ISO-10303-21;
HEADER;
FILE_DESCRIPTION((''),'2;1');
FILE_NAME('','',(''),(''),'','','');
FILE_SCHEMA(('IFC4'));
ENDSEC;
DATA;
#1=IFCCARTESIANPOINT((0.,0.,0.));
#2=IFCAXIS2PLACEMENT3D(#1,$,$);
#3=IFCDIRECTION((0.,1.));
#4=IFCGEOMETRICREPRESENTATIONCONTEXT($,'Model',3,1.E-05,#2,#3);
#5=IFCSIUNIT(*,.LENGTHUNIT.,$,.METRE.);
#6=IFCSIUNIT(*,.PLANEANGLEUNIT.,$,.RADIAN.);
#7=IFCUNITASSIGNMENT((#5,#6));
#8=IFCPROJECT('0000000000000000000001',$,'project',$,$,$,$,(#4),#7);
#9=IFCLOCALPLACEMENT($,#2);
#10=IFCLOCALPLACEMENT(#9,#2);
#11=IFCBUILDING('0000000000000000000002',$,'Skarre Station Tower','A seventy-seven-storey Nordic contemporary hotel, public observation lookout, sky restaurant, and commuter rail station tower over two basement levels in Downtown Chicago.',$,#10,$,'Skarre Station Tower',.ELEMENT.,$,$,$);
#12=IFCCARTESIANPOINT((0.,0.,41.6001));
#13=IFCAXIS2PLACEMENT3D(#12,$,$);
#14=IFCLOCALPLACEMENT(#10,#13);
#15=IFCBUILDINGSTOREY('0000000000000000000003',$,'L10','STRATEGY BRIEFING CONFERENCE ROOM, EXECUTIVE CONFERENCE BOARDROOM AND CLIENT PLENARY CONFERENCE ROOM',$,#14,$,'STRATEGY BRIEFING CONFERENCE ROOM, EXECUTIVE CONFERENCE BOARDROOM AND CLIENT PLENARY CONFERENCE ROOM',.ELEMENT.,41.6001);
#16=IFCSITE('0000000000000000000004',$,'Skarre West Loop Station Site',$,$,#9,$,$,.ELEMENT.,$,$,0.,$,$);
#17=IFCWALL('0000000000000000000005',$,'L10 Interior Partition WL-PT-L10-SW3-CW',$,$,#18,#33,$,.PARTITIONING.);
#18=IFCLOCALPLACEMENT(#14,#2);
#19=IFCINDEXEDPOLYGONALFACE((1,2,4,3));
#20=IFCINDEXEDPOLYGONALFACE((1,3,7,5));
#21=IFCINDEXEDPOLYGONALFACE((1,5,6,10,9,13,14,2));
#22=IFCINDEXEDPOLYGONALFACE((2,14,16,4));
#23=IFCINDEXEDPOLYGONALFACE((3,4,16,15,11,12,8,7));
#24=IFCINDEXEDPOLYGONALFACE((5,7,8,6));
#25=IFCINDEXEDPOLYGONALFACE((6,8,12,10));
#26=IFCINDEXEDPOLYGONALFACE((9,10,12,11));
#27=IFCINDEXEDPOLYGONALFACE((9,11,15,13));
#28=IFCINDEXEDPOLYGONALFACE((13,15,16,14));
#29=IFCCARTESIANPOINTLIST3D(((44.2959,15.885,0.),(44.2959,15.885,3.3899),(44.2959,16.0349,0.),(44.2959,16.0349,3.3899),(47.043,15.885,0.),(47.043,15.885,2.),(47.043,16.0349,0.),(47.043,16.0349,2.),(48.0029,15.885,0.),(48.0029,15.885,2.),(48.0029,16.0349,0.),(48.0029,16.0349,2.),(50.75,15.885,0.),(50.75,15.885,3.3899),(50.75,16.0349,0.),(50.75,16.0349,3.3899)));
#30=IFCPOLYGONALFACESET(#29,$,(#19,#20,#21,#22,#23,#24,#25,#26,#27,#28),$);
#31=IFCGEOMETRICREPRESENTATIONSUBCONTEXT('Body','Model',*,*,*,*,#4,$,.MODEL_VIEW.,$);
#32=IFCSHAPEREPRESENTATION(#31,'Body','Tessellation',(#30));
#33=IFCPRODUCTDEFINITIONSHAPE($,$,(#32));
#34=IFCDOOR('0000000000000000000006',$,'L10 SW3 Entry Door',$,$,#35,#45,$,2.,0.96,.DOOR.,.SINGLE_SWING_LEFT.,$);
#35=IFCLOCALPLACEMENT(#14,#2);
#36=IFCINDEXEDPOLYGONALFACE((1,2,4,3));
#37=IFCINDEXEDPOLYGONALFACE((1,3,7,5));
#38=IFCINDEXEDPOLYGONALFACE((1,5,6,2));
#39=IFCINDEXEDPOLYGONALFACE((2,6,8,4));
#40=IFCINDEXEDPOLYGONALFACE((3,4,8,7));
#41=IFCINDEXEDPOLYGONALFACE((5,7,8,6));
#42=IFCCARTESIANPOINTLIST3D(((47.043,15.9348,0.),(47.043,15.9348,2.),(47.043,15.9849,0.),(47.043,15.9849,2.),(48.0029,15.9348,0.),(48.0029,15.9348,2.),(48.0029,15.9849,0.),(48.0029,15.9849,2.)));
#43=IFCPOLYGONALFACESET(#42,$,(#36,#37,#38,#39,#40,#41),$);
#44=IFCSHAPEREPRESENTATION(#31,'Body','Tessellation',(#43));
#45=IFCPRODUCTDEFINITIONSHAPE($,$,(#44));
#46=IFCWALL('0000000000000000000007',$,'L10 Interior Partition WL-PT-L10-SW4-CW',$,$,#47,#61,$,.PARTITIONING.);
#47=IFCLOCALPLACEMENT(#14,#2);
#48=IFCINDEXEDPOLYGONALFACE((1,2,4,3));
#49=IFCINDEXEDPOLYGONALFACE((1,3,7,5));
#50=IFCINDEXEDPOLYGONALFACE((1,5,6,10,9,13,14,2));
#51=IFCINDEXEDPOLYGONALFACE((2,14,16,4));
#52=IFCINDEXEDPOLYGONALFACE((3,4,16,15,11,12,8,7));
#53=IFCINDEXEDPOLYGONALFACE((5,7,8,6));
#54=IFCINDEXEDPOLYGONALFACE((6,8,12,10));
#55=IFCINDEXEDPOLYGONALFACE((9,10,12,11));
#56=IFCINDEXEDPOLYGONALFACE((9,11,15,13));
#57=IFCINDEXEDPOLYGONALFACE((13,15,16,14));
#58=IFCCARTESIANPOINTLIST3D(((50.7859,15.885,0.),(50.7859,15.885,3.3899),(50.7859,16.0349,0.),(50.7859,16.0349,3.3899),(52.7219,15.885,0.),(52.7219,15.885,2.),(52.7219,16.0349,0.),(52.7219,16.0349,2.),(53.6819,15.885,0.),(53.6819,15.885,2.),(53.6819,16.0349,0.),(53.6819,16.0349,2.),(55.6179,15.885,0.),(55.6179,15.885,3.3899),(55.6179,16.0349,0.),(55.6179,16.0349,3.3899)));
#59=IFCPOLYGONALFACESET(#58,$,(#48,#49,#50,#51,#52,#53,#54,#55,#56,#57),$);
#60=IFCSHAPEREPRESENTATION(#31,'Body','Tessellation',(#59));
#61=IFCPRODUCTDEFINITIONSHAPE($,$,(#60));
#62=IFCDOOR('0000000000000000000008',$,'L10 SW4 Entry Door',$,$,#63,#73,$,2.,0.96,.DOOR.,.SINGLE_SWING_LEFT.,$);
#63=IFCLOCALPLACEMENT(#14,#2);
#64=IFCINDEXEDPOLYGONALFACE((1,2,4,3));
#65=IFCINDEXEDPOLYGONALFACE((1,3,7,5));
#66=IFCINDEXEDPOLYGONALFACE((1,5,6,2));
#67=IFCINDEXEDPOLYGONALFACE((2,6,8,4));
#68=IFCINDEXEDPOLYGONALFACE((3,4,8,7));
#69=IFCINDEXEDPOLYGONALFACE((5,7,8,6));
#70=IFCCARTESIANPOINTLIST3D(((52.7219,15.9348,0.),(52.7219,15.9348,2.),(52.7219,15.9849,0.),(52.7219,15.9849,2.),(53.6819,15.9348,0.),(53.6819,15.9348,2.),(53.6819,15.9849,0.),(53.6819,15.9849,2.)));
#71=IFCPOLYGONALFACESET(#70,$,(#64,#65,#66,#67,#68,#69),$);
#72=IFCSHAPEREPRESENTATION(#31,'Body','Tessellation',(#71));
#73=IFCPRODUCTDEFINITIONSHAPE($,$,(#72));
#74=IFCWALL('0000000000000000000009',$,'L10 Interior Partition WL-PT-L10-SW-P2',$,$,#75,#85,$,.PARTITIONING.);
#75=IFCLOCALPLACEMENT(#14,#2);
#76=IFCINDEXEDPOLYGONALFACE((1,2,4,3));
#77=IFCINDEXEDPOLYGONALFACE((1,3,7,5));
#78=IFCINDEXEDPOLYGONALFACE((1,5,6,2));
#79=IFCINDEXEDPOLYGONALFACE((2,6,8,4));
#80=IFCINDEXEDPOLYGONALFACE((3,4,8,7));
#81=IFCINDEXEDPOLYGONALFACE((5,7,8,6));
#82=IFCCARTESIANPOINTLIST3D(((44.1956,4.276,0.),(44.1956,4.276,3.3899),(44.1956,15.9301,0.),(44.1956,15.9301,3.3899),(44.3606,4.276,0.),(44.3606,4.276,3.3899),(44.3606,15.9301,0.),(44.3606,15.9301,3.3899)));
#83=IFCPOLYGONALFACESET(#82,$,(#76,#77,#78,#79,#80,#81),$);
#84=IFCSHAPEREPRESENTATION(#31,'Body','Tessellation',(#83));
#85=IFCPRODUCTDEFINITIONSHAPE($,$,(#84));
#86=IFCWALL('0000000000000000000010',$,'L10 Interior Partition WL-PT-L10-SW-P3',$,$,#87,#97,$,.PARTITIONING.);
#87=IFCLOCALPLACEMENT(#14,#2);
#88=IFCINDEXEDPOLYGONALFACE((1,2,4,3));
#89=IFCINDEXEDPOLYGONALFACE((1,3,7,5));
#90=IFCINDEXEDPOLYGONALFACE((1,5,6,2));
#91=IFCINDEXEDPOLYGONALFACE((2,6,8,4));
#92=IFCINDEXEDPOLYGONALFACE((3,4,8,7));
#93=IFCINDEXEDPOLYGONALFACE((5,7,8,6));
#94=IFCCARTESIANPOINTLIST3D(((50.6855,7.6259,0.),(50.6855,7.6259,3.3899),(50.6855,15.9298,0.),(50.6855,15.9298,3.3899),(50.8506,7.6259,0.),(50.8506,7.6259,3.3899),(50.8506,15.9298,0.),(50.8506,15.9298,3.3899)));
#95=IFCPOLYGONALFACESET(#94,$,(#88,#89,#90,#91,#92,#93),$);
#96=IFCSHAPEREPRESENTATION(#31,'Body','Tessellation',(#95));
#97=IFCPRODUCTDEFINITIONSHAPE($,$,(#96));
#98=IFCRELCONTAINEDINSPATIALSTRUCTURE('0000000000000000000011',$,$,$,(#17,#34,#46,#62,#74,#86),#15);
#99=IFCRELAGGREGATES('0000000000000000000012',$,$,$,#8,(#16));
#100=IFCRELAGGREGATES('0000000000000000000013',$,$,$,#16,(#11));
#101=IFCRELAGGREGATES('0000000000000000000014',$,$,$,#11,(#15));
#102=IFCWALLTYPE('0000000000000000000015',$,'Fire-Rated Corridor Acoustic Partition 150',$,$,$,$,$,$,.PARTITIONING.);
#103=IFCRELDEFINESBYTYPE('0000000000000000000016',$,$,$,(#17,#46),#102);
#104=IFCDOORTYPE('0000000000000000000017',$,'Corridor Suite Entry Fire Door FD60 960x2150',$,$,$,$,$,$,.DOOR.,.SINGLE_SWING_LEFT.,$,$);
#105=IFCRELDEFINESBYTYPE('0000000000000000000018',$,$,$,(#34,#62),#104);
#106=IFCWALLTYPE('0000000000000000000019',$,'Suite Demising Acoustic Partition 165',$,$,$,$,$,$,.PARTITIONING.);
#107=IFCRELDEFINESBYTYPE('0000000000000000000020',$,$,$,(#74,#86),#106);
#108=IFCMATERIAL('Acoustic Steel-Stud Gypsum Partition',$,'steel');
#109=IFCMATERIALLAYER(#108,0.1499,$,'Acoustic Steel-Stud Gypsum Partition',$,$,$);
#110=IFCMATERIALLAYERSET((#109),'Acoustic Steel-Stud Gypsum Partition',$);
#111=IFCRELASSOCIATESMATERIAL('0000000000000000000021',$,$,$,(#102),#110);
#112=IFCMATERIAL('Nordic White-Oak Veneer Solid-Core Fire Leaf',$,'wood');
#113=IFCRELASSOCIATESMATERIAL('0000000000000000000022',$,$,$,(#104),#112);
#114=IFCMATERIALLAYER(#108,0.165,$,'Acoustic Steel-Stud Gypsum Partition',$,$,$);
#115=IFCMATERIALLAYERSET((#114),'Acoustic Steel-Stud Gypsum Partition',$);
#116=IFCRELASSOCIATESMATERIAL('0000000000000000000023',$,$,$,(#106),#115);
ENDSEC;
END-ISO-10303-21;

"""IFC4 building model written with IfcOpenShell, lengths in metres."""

from ifc_helpers import new_model, si_unit, direction, frame, frame_2d, origin, place, context, subcontext, project, spatial, rectangle, extrude, material, layer, layer_set, type_object, element, fill, save


model = new_model("IFC4")

# Units and contexts
model_context = context("Model", 3, precision=1e-05, world=origin(), true_north=direction((0.0, 1.0)))
body_context = subcontext(model_context, "Body", "Model", "MODEL_VIEW")
ifc_project = project(units=[si_unit("LENGTHUNIT", "METRE"), si_unit("PLANEANGLEUNIT", "RADIAN")], contexts=[model_context])

# Site, building, storey
site_placement = place(None, origin())
site = spatial("IfcSite", under=ifc_project, at=site_placement, Name="Skarre West Loop Station Site", CompositionType="ELEMENT", RefElevation=0.0)
building_placement = place(site_placement, origin())
building = spatial("IfcBuilding", under=site, at=building_placement, Name="Skarre Station Tower", Description="A seventy-seven-storey Nordic contemporary hotel, public observation lookout, sky restaurant, and commuter rail station tower over two basement levels in Downtown Chicago.", LongName="Skarre Station Tower", CompositionType="ELEMENT")
storey_placement = place(building_placement, frame((0.0, 0.0, 41.6001)))
storey = spatial("IfcBuildingStorey", under=building, at=storey_placement, Name="L10", Description="STRATEGY BRIEFING CONFERENCE ROOM, EXECUTIVE CONFERENCE BOARDROOM AND CLIENT PLENARY CONFERENCE ROOM", LongName="STRATEGY BRIEFING CONFERENCE ROOM, EXECUTIVE CONFERENCE BOARDROOM AND CLIENT PLENARY CONFERENCE ROOM", CompositionType="ELEMENT", Elevation=41.6001)

# Walls, openings, doors
ifc_material_1 = material(Name="Acoustic Steel-Stud Gypsum Partition", Category="steel")
ifc_layer_1 = layer(ifc_material_1, 0.1499, Name="Acoustic Steel-Stud Gypsum Partition")
ifc_layer_set_1 = layer_set([ifc_layer_1], Name="Acoustic Steel-Stud Gypsum Partition")
wall_type_1 = type_object("IfcWallType", Name="Fire-Rated Corridor Acoustic Partition 150", PredefinedType="PARTITIONING", material=ifc_layer_set_1)
wall_1_placement = place(storey_placement, frame((44.2959, 15.96, 0.0), z_axis=(0.0, 0.0, 1.0), x_axis=(1.0, 0.0, 0.0)))
wall_1 = element("IfcWall", 1, at=wall_1_placement, inside=storey, type_object=wall_type_1, Name="L10 Interior Partition WL-PT-L10-SW3-CW", PredefinedType="PARTITIONING", context=body_context, shape_type="SweptSolid", body=[
    extrude(rectangle(XDim=6.4541, YDim=0.1499, at=frame_2d((3.2271, 0.0))), origin(), (0.0, 0.0, 1.0), 3.3899),
])
opening_1_placement = place(wall_1_placement, frame((2.7471, 0.0, 0.0)))
opening_1 = element("IfcOpeningElement", 2, at=opening_1_placement, cuts=wall_1, PredefinedType="OPENING", context=body_context, shape_type="SweptSolid", body=[
    extrude(rectangle(XDim=0.96, YDim=2.0, at=frame_2d((0.48, 1.0))), frame((0.0, 0.085, 0.0), z_axis=(0.0, -1.0, 0.0), x_axis=(1.0, 0.0, 0.0)), (0.0, 0.0, 1.0), 0.1699),
])
ifc_material_2 = material(Name="Nordic White-Oak Veneer Solid-Core Fire Leaf", Category="wood")
door_type = type_object("IfcDoorType", Name="Corridor Suite Entry Fire Door FD60 960x2150", OperationType="SINGLE_SWING_LEFT", PredefinedType="DOOR", material=ifc_material_2)
door_1_placement = place(opening_1_placement, origin())
door_1 = element("IfcDoor", 3, at=door_1_placement, inside=storey, type_object=door_type, Name="L10 SW3 Entry Door", OperationType="SINGLE_SWING_LEFT", OverallHeight=2.0, OverallWidth=0.96, PredefinedType="DOOR", context=body_context, shape_type="SweptSolid", body=[
    extrude(rectangle(XDim=0.96, YDim=2.0, at=frame_2d((0.48, 1.0))), frame((0.0, 0.0249, 0.0), z_axis=(0.0, -1.0, 0.0), x_axis=(1.0, 0.0, 0.0)), (0.0, 0.0, 1.0), 0.05),
])
fill(opening_1, door_1)
wall_2_placement = place(storey_placement, frame((50.7859, 15.96, 0.0), z_axis=(0.0, 0.0, 1.0), x_axis=(1.0, 0.0, 0.0)))
wall_2 = element("IfcWall", 4, at=wall_2_placement, inside=storey, type_object=wall_type_1, Name="L10 Interior Partition WL-PT-L10-SW4-CW", PredefinedType="PARTITIONING", context=body_context, shape_type="SweptSolid", body=[
    extrude(rectangle(XDim=4.832, YDim=0.1499, at=frame_2d((2.416, 0.0))), origin(), (0.0, 0.0, 1.0), 3.3899),
])
opening_2_placement = place(wall_2_placement, frame((1.936, 0.0, 0.0)))
opening_2 = element("IfcOpeningElement", 5, at=opening_2_placement, cuts=wall_2, PredefinedType="OPENING", context=body_context, shape_type="SweptSolid", body=[
    extrude(rectangle(XDim=0.96, YDim=2.0, at=frame_2d((0.48, 1.0))), frame((0.0, 0.085, 0.0), z_axis=(0.0, -1.0, 0.0), x_axis=(1.0, 0.0, 0.0)), (0.0, 0.0, 1.0), 0.1699),
])
door_2_placement = place(opening_2_placement, origin())
door_2 = element("IfcDoor", 6, at=door_2_placement, inside=storey, type_object=door_type, Name="L10 SW4 Entry Door", OperationType="SINGLE_SWING_LEFT", OverallHeight=2.0, OverallWidth=0.96, PredefinedType="DOOR", context=body_context, shape_type="SweptSolid", body=[
    extrude(rectangle(XDim=0.96, YDim=2.0, at=frame_2d((0.48, 1.0))), frame((0.0, 0.0249, 0.0), z_axis=(0.0, -1.0, 0.0), x_axis=(1.0, 0.0, 0.0)), (0.0, 0.0, 1.0), 0.05),
])
fill(opening_2, door_2)

# Walls
ifc_layer_2 = layer(ifc_material_1, 0.165, Name="Acoustic Steel-Stud Gypsum Partition")
ifc_layer_set_2 = layer_set([ifc_layer_2], Name="Acoustic Steel-Stud Gypsum Partition")
wall_type_2 = type_object("IfcWallType", Name="Suite Demising Acoustic Partition 165", PredefinedType="PARTITIONING", material=ifc_layer_set_2)
wall_3_placement = place(storey_placement, frame((44.2781, 4.2759, 0.0), z_axis=(0.0, 0.0, 1.0), x_axis=(0.0, 1.0, 0.0)))
element("IfcWall", 7, at=wall_3_placement, inside=storey, type_object=wall_type_2, Name="L10 Interior Partition WL-PT-L10-SW-P2", PredefinedType="PARTITIONING", context=body_context, shape_type="SweptSolid", body=[
    extrude(rectangle(XDim=11.6541, YDim=0.165, at=frame_2d((5.8271, 0.0))), origin(), (0.0, 0.0, 1.0), 3.3899),
])
wall_4_placement = place(storey_placement, frame((50.7681, 7.626, 0.0), z_axis=(0.0, 0.0, 1.0), x_axis=(0.0, 1.0, 0.0)))
element("IfcWall", 8, at=wall_4_placement, inside=storey, type_object=wall_type_2, Name="L10 Interior Partition WL-PT-L10-SW-P3", PredefinedType="PARTITIONING", context=body_context, shape_type="SweptSolid", body=[
    extrude(rectangle(XDim=8.304, YDim=0.165, at=frame_2d((4.1519, 0.0))), origin(), (0.0, 0.0, 1.0), 3.3899),
])

save(model, "model.ifc")
